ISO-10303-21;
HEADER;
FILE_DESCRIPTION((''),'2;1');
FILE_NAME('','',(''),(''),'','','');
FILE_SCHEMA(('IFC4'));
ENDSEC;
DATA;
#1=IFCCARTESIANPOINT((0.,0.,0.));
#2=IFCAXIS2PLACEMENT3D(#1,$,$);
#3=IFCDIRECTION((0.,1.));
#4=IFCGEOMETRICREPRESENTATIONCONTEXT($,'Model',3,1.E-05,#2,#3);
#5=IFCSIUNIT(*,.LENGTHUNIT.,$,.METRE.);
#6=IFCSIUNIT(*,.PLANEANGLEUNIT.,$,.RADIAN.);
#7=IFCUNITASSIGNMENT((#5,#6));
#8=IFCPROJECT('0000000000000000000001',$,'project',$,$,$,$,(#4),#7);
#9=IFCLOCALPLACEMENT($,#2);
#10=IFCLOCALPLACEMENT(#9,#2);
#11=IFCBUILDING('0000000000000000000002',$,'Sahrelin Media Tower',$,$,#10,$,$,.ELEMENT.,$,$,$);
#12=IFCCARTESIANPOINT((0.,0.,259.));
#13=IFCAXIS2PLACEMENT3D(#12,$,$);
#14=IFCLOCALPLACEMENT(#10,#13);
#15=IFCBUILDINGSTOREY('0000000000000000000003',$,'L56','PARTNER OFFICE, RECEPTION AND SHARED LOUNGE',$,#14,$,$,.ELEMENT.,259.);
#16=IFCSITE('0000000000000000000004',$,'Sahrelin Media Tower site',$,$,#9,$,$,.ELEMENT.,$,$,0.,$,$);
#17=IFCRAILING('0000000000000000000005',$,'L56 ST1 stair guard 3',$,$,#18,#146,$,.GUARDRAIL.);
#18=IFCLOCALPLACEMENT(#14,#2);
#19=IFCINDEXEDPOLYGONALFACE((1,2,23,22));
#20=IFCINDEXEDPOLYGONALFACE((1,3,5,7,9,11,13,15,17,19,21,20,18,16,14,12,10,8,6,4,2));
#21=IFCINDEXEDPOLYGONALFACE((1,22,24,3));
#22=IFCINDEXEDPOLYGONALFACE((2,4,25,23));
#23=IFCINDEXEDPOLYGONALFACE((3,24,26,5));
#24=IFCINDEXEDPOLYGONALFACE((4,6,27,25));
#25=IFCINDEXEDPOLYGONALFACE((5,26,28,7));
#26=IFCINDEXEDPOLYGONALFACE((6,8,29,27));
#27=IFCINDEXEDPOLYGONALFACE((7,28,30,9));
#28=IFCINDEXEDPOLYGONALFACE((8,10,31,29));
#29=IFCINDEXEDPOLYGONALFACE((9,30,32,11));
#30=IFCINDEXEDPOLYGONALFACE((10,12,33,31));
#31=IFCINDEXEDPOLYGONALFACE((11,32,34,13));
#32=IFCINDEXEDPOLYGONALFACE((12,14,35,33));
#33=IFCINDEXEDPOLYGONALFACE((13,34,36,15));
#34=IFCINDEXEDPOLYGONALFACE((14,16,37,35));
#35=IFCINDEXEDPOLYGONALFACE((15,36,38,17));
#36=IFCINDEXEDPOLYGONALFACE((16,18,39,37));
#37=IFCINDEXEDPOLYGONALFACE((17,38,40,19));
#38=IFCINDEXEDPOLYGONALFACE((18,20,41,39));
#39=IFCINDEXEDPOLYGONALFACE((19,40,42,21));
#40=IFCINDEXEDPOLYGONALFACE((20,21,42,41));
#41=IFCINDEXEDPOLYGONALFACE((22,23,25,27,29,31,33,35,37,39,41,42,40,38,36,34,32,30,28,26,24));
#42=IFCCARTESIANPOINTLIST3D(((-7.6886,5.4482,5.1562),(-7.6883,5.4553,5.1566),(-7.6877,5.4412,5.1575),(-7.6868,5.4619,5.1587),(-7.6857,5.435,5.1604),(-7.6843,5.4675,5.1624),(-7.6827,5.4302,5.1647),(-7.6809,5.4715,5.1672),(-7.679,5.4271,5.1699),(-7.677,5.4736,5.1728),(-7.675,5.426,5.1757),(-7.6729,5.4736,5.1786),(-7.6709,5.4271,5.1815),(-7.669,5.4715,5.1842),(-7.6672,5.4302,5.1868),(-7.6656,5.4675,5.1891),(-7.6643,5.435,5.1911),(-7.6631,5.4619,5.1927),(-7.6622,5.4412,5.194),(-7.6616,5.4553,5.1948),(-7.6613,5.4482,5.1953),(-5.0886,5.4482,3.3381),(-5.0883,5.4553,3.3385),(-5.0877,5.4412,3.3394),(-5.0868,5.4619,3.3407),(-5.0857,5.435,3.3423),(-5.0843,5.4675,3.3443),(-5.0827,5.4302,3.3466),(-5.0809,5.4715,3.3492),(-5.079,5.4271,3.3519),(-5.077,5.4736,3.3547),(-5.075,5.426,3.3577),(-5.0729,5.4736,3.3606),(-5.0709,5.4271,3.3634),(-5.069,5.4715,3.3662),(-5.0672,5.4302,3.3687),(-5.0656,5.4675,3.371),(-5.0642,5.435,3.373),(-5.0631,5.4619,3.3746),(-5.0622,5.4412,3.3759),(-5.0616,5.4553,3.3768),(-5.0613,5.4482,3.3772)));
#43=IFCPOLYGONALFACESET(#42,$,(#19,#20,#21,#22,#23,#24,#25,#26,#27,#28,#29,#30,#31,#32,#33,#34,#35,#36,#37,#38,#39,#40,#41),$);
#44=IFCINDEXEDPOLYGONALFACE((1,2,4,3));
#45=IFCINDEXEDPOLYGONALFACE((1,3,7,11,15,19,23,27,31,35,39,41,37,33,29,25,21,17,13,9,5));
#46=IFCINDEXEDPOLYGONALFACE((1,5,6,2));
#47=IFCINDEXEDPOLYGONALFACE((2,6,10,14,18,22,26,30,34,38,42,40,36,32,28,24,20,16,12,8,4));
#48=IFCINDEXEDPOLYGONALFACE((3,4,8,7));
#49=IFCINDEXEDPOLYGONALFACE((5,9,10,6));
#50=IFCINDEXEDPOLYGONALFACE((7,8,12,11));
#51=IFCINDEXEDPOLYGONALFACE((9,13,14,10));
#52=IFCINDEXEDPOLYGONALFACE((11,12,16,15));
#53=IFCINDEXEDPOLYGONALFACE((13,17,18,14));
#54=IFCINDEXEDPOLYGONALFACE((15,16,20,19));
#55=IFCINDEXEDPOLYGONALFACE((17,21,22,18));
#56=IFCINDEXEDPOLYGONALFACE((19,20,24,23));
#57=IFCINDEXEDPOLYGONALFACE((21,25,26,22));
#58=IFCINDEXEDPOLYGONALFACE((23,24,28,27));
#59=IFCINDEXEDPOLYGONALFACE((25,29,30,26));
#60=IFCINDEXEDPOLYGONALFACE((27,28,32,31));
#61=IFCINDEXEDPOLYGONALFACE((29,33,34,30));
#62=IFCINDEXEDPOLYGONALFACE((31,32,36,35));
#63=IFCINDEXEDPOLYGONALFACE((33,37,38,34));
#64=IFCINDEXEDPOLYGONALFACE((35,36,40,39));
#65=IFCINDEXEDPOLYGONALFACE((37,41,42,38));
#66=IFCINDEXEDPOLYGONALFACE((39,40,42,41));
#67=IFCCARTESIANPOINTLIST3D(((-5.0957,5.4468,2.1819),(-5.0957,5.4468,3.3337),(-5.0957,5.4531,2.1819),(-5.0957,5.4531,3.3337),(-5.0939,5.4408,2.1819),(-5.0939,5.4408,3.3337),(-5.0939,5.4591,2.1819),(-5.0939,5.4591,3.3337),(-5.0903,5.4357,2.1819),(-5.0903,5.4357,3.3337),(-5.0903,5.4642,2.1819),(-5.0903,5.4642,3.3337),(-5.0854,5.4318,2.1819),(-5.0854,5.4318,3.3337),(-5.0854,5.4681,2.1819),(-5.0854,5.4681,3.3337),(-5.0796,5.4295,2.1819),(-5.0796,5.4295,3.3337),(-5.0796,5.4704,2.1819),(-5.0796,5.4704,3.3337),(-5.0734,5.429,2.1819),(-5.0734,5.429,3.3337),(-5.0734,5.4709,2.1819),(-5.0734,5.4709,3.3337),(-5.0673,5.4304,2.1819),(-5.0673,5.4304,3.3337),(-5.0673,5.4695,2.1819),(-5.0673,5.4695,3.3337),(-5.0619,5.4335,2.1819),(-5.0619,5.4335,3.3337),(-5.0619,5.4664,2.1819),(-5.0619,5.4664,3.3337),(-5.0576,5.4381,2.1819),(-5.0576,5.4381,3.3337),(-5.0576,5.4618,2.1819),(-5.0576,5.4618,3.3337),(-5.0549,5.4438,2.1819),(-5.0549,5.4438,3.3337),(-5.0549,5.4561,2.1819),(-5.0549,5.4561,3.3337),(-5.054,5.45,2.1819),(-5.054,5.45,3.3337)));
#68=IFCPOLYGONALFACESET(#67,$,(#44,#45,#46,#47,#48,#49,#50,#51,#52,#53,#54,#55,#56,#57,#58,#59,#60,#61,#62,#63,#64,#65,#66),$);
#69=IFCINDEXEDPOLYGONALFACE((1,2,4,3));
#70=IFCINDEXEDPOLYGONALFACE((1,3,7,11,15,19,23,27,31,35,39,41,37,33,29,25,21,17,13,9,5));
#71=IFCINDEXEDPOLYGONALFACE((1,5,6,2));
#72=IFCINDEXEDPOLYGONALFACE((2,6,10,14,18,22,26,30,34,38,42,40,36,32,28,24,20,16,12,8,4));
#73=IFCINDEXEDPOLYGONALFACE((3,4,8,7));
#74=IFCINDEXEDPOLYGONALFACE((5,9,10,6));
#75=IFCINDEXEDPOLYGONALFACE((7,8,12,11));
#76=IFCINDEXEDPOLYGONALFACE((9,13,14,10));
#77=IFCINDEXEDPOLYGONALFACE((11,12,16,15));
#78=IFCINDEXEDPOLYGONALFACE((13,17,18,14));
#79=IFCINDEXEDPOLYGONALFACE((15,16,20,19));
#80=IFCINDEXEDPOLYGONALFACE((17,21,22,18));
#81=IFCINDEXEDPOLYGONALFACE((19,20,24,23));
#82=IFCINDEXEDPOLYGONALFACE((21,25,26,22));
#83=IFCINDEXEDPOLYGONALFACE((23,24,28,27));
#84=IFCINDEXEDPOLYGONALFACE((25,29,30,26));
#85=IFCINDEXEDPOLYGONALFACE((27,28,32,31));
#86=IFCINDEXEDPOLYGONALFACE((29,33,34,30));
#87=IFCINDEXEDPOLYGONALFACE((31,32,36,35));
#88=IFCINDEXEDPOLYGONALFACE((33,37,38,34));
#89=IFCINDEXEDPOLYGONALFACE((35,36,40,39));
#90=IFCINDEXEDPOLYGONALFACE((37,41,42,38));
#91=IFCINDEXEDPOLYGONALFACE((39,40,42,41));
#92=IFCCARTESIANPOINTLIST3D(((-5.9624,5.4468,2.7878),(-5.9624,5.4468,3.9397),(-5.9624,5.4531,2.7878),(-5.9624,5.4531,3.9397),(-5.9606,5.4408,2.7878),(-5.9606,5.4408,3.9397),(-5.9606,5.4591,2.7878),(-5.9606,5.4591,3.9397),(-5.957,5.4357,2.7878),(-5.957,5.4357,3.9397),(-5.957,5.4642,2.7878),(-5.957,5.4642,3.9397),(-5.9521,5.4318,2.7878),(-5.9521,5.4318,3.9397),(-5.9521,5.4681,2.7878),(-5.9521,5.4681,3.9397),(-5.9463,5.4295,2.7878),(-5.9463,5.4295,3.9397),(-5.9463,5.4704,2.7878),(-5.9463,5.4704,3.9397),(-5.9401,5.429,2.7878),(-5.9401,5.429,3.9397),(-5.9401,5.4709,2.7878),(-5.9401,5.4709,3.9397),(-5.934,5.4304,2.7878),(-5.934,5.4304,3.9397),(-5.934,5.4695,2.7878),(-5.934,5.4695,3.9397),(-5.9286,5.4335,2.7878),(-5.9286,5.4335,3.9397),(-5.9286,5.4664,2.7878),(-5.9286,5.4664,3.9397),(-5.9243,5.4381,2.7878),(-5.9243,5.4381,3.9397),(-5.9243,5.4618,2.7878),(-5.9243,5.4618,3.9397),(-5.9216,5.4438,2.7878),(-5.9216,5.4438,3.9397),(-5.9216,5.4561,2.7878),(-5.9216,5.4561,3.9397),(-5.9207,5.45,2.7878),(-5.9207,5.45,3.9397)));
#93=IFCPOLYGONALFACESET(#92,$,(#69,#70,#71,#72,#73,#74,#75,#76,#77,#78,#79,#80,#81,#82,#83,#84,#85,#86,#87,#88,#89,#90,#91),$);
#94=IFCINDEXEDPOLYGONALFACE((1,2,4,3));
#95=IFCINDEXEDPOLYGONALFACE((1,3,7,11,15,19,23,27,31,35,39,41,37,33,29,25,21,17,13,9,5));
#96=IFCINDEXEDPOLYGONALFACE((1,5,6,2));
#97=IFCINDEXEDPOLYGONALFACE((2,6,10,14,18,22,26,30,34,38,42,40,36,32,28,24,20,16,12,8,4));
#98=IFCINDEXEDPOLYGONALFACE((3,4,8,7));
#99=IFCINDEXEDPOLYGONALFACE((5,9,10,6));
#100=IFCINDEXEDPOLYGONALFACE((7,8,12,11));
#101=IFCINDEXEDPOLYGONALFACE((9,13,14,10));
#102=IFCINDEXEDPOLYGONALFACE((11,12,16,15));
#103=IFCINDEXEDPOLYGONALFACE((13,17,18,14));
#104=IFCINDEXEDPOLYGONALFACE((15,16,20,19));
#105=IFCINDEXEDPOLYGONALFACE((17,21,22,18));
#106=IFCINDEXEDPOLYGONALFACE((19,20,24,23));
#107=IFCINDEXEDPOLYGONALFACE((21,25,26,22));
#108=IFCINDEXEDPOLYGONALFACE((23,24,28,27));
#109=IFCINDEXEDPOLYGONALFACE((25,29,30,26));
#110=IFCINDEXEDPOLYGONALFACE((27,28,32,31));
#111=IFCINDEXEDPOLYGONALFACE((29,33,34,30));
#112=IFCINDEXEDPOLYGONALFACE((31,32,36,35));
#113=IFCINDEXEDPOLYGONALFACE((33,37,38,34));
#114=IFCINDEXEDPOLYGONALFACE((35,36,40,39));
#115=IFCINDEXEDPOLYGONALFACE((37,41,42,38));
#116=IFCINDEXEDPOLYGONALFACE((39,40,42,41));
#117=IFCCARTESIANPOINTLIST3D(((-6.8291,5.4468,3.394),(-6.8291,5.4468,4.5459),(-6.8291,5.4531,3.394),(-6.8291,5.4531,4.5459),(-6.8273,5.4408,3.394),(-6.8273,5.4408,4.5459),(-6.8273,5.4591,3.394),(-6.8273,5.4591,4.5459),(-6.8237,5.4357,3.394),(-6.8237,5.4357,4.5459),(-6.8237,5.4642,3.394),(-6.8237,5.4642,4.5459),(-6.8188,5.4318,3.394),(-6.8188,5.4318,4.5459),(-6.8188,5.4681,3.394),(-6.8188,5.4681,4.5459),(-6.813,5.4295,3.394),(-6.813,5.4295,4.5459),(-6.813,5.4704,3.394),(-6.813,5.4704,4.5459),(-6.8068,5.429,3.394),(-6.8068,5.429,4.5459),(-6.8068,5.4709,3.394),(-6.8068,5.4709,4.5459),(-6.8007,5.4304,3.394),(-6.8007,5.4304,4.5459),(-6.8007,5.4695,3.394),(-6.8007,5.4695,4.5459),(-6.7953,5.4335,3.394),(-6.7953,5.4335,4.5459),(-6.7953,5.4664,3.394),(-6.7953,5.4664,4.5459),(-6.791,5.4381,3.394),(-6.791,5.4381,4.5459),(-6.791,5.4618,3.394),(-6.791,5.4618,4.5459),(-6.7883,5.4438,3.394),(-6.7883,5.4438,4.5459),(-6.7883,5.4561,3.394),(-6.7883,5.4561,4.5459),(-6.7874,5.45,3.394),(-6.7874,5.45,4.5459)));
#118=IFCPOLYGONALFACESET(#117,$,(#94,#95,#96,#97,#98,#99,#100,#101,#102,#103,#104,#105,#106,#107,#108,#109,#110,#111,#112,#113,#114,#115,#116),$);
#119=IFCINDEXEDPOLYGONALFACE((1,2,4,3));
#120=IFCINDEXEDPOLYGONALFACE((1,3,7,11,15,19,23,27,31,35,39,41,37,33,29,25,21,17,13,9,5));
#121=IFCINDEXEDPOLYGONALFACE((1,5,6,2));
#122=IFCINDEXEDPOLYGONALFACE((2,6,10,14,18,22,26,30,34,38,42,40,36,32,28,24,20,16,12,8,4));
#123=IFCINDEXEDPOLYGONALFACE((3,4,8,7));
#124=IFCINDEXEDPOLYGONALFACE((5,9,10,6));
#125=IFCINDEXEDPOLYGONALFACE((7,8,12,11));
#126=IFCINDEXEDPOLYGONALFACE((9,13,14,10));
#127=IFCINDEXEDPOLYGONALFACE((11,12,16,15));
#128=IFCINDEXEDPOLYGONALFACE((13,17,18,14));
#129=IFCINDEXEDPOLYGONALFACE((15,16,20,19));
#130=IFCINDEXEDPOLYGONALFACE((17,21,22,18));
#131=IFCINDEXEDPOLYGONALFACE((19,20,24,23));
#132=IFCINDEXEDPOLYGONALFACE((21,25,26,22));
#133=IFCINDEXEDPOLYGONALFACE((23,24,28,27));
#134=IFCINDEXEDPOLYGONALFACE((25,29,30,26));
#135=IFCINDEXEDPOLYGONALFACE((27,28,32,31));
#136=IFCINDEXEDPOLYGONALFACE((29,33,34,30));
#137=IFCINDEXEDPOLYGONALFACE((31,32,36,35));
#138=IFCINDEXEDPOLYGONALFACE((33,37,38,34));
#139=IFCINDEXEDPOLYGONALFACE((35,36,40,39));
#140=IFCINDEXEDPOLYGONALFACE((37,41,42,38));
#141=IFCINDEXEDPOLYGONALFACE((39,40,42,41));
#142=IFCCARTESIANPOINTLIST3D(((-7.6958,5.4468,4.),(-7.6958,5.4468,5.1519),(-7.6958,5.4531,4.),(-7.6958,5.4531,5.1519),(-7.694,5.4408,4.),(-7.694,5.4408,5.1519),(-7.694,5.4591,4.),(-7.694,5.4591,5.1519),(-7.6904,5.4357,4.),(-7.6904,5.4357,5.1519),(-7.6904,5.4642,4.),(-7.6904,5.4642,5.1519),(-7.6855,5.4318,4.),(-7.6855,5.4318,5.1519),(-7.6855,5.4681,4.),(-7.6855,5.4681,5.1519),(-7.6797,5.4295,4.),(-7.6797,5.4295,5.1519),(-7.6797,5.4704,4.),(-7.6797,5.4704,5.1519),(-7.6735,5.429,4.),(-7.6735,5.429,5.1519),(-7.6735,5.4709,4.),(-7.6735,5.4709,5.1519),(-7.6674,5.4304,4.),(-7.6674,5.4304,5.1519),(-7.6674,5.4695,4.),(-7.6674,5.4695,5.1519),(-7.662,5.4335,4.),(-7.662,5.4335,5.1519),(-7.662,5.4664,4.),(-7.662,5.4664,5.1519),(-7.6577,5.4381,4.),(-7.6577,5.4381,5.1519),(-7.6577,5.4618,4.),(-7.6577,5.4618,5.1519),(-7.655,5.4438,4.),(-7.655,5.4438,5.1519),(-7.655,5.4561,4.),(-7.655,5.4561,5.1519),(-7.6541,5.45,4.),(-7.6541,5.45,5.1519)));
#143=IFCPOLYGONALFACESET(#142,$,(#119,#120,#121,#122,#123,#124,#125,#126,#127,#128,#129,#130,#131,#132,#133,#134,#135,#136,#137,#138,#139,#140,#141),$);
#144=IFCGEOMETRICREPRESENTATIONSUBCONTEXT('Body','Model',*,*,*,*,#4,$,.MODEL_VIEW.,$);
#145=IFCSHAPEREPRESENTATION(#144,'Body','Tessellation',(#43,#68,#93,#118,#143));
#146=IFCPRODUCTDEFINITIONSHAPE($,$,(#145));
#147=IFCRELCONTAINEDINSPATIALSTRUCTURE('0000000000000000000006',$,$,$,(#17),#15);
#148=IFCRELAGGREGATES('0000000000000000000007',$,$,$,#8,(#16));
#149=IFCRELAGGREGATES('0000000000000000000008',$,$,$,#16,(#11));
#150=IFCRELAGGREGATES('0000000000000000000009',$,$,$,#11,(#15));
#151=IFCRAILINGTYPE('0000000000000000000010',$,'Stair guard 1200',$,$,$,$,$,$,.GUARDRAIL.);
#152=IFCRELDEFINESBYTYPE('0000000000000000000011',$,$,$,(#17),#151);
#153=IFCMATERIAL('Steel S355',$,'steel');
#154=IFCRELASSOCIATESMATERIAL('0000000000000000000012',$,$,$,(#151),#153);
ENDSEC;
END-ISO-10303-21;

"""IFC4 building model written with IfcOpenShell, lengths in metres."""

from ifc_helpers import new_model, si_unit, direction, frame, origin, origin_2d, place, context, subcontext, project, spatial, circle, extrude, material, type_object, element, save


model = new_model("IFC4")

# Units and contexts
model_context = context("Model", 3, precision=1e-05, world=origin(), true_north=direction((0.0, 1.0)))
body_context = subcontext(model_context, "Body", "Model", "MODEL_VIEW")
ifc_project = project(units=[si_unit("LENGTHUNIT", "METRE"), si_unit("PLANEANGLEUNIT", "RADIAN")], contexts=[model_context])

# Site, building, storey
site_placement = place(None, origin())
site = spatial("IfcSite", under=ifc_project, at=site_placement, Name="Sahrelin Media Tower site", CompositionType="ELEMENT", RefElevation=0.0)
building_placement = place(site_placement, origin())
building = spatial("IfcBuilding", under=site, at=building_placement, Name="Sahrelin Media Tower", CompositionType="ELEMENT")
storey_placement = place(building_placement, frame((0.0, 0.0, 259.0)))
storey = spatial("IfcBuildingStorey", under=building, at=storey_placement, Name="L56", Description="PARTNER OFFICE, RECEPTION AND SHARED LOUNGE", CompositionType="ELEMENT", Elevation=259.0)

# Shared definitions
ifc_material_1 = material(Name="Steel S355", Category="steel")

# Railing
railing_type_1 = type_object("IfcRailingType", Name="Stair guard 1200", PredefinedType="GUARDRAIL", material=ifc_material_1)
railing_1_placement = place(storey_placement, frame((-5.075, 5.45, 2.1819)))
element("IfcRailing", 1, at=railing_1_placement, inside=storey, type_object=railing_type_1, Name="L56 ST1 stair guard 3", PredefinedType="GUARDRAIL", context=body_context, shape_type="SweptSolid", body=[
    extrude(circle(Radius=0.0239, at=origin_2d()), frame((0.0, 0.0, 1.1758), z_axis=(-0.819521, 0.0, 0.573049), x_axis=(0.0, -1.0, 0.0)), (0.0, 0.0, 1.0), 3.1726),
    extrude(circle(Radius=0.021, at=origin_2d()), origin(), (0.0, 0.0, 1.0), 1.1519),
    extrude(circle(Radius=0.021, at=origin_2d()), frame((-0.8667, 0.0, 0.606)), (0.0, 0.0, 1.0), 1.1519),
    extrude(circle(Radius=0.021, at=origin_2d()), frame((-1.7334, 0.0, 1.2122)), (0.0, 0.0, 1.0), 1.1519),
    extrude(circle(Radius=0.021, at=origin_2d()), frame((-2.6001, 0.0, 1.8181)), (0.0, 0.0, 1.0), 1.1519),
])

save(model, "model.ifc")
